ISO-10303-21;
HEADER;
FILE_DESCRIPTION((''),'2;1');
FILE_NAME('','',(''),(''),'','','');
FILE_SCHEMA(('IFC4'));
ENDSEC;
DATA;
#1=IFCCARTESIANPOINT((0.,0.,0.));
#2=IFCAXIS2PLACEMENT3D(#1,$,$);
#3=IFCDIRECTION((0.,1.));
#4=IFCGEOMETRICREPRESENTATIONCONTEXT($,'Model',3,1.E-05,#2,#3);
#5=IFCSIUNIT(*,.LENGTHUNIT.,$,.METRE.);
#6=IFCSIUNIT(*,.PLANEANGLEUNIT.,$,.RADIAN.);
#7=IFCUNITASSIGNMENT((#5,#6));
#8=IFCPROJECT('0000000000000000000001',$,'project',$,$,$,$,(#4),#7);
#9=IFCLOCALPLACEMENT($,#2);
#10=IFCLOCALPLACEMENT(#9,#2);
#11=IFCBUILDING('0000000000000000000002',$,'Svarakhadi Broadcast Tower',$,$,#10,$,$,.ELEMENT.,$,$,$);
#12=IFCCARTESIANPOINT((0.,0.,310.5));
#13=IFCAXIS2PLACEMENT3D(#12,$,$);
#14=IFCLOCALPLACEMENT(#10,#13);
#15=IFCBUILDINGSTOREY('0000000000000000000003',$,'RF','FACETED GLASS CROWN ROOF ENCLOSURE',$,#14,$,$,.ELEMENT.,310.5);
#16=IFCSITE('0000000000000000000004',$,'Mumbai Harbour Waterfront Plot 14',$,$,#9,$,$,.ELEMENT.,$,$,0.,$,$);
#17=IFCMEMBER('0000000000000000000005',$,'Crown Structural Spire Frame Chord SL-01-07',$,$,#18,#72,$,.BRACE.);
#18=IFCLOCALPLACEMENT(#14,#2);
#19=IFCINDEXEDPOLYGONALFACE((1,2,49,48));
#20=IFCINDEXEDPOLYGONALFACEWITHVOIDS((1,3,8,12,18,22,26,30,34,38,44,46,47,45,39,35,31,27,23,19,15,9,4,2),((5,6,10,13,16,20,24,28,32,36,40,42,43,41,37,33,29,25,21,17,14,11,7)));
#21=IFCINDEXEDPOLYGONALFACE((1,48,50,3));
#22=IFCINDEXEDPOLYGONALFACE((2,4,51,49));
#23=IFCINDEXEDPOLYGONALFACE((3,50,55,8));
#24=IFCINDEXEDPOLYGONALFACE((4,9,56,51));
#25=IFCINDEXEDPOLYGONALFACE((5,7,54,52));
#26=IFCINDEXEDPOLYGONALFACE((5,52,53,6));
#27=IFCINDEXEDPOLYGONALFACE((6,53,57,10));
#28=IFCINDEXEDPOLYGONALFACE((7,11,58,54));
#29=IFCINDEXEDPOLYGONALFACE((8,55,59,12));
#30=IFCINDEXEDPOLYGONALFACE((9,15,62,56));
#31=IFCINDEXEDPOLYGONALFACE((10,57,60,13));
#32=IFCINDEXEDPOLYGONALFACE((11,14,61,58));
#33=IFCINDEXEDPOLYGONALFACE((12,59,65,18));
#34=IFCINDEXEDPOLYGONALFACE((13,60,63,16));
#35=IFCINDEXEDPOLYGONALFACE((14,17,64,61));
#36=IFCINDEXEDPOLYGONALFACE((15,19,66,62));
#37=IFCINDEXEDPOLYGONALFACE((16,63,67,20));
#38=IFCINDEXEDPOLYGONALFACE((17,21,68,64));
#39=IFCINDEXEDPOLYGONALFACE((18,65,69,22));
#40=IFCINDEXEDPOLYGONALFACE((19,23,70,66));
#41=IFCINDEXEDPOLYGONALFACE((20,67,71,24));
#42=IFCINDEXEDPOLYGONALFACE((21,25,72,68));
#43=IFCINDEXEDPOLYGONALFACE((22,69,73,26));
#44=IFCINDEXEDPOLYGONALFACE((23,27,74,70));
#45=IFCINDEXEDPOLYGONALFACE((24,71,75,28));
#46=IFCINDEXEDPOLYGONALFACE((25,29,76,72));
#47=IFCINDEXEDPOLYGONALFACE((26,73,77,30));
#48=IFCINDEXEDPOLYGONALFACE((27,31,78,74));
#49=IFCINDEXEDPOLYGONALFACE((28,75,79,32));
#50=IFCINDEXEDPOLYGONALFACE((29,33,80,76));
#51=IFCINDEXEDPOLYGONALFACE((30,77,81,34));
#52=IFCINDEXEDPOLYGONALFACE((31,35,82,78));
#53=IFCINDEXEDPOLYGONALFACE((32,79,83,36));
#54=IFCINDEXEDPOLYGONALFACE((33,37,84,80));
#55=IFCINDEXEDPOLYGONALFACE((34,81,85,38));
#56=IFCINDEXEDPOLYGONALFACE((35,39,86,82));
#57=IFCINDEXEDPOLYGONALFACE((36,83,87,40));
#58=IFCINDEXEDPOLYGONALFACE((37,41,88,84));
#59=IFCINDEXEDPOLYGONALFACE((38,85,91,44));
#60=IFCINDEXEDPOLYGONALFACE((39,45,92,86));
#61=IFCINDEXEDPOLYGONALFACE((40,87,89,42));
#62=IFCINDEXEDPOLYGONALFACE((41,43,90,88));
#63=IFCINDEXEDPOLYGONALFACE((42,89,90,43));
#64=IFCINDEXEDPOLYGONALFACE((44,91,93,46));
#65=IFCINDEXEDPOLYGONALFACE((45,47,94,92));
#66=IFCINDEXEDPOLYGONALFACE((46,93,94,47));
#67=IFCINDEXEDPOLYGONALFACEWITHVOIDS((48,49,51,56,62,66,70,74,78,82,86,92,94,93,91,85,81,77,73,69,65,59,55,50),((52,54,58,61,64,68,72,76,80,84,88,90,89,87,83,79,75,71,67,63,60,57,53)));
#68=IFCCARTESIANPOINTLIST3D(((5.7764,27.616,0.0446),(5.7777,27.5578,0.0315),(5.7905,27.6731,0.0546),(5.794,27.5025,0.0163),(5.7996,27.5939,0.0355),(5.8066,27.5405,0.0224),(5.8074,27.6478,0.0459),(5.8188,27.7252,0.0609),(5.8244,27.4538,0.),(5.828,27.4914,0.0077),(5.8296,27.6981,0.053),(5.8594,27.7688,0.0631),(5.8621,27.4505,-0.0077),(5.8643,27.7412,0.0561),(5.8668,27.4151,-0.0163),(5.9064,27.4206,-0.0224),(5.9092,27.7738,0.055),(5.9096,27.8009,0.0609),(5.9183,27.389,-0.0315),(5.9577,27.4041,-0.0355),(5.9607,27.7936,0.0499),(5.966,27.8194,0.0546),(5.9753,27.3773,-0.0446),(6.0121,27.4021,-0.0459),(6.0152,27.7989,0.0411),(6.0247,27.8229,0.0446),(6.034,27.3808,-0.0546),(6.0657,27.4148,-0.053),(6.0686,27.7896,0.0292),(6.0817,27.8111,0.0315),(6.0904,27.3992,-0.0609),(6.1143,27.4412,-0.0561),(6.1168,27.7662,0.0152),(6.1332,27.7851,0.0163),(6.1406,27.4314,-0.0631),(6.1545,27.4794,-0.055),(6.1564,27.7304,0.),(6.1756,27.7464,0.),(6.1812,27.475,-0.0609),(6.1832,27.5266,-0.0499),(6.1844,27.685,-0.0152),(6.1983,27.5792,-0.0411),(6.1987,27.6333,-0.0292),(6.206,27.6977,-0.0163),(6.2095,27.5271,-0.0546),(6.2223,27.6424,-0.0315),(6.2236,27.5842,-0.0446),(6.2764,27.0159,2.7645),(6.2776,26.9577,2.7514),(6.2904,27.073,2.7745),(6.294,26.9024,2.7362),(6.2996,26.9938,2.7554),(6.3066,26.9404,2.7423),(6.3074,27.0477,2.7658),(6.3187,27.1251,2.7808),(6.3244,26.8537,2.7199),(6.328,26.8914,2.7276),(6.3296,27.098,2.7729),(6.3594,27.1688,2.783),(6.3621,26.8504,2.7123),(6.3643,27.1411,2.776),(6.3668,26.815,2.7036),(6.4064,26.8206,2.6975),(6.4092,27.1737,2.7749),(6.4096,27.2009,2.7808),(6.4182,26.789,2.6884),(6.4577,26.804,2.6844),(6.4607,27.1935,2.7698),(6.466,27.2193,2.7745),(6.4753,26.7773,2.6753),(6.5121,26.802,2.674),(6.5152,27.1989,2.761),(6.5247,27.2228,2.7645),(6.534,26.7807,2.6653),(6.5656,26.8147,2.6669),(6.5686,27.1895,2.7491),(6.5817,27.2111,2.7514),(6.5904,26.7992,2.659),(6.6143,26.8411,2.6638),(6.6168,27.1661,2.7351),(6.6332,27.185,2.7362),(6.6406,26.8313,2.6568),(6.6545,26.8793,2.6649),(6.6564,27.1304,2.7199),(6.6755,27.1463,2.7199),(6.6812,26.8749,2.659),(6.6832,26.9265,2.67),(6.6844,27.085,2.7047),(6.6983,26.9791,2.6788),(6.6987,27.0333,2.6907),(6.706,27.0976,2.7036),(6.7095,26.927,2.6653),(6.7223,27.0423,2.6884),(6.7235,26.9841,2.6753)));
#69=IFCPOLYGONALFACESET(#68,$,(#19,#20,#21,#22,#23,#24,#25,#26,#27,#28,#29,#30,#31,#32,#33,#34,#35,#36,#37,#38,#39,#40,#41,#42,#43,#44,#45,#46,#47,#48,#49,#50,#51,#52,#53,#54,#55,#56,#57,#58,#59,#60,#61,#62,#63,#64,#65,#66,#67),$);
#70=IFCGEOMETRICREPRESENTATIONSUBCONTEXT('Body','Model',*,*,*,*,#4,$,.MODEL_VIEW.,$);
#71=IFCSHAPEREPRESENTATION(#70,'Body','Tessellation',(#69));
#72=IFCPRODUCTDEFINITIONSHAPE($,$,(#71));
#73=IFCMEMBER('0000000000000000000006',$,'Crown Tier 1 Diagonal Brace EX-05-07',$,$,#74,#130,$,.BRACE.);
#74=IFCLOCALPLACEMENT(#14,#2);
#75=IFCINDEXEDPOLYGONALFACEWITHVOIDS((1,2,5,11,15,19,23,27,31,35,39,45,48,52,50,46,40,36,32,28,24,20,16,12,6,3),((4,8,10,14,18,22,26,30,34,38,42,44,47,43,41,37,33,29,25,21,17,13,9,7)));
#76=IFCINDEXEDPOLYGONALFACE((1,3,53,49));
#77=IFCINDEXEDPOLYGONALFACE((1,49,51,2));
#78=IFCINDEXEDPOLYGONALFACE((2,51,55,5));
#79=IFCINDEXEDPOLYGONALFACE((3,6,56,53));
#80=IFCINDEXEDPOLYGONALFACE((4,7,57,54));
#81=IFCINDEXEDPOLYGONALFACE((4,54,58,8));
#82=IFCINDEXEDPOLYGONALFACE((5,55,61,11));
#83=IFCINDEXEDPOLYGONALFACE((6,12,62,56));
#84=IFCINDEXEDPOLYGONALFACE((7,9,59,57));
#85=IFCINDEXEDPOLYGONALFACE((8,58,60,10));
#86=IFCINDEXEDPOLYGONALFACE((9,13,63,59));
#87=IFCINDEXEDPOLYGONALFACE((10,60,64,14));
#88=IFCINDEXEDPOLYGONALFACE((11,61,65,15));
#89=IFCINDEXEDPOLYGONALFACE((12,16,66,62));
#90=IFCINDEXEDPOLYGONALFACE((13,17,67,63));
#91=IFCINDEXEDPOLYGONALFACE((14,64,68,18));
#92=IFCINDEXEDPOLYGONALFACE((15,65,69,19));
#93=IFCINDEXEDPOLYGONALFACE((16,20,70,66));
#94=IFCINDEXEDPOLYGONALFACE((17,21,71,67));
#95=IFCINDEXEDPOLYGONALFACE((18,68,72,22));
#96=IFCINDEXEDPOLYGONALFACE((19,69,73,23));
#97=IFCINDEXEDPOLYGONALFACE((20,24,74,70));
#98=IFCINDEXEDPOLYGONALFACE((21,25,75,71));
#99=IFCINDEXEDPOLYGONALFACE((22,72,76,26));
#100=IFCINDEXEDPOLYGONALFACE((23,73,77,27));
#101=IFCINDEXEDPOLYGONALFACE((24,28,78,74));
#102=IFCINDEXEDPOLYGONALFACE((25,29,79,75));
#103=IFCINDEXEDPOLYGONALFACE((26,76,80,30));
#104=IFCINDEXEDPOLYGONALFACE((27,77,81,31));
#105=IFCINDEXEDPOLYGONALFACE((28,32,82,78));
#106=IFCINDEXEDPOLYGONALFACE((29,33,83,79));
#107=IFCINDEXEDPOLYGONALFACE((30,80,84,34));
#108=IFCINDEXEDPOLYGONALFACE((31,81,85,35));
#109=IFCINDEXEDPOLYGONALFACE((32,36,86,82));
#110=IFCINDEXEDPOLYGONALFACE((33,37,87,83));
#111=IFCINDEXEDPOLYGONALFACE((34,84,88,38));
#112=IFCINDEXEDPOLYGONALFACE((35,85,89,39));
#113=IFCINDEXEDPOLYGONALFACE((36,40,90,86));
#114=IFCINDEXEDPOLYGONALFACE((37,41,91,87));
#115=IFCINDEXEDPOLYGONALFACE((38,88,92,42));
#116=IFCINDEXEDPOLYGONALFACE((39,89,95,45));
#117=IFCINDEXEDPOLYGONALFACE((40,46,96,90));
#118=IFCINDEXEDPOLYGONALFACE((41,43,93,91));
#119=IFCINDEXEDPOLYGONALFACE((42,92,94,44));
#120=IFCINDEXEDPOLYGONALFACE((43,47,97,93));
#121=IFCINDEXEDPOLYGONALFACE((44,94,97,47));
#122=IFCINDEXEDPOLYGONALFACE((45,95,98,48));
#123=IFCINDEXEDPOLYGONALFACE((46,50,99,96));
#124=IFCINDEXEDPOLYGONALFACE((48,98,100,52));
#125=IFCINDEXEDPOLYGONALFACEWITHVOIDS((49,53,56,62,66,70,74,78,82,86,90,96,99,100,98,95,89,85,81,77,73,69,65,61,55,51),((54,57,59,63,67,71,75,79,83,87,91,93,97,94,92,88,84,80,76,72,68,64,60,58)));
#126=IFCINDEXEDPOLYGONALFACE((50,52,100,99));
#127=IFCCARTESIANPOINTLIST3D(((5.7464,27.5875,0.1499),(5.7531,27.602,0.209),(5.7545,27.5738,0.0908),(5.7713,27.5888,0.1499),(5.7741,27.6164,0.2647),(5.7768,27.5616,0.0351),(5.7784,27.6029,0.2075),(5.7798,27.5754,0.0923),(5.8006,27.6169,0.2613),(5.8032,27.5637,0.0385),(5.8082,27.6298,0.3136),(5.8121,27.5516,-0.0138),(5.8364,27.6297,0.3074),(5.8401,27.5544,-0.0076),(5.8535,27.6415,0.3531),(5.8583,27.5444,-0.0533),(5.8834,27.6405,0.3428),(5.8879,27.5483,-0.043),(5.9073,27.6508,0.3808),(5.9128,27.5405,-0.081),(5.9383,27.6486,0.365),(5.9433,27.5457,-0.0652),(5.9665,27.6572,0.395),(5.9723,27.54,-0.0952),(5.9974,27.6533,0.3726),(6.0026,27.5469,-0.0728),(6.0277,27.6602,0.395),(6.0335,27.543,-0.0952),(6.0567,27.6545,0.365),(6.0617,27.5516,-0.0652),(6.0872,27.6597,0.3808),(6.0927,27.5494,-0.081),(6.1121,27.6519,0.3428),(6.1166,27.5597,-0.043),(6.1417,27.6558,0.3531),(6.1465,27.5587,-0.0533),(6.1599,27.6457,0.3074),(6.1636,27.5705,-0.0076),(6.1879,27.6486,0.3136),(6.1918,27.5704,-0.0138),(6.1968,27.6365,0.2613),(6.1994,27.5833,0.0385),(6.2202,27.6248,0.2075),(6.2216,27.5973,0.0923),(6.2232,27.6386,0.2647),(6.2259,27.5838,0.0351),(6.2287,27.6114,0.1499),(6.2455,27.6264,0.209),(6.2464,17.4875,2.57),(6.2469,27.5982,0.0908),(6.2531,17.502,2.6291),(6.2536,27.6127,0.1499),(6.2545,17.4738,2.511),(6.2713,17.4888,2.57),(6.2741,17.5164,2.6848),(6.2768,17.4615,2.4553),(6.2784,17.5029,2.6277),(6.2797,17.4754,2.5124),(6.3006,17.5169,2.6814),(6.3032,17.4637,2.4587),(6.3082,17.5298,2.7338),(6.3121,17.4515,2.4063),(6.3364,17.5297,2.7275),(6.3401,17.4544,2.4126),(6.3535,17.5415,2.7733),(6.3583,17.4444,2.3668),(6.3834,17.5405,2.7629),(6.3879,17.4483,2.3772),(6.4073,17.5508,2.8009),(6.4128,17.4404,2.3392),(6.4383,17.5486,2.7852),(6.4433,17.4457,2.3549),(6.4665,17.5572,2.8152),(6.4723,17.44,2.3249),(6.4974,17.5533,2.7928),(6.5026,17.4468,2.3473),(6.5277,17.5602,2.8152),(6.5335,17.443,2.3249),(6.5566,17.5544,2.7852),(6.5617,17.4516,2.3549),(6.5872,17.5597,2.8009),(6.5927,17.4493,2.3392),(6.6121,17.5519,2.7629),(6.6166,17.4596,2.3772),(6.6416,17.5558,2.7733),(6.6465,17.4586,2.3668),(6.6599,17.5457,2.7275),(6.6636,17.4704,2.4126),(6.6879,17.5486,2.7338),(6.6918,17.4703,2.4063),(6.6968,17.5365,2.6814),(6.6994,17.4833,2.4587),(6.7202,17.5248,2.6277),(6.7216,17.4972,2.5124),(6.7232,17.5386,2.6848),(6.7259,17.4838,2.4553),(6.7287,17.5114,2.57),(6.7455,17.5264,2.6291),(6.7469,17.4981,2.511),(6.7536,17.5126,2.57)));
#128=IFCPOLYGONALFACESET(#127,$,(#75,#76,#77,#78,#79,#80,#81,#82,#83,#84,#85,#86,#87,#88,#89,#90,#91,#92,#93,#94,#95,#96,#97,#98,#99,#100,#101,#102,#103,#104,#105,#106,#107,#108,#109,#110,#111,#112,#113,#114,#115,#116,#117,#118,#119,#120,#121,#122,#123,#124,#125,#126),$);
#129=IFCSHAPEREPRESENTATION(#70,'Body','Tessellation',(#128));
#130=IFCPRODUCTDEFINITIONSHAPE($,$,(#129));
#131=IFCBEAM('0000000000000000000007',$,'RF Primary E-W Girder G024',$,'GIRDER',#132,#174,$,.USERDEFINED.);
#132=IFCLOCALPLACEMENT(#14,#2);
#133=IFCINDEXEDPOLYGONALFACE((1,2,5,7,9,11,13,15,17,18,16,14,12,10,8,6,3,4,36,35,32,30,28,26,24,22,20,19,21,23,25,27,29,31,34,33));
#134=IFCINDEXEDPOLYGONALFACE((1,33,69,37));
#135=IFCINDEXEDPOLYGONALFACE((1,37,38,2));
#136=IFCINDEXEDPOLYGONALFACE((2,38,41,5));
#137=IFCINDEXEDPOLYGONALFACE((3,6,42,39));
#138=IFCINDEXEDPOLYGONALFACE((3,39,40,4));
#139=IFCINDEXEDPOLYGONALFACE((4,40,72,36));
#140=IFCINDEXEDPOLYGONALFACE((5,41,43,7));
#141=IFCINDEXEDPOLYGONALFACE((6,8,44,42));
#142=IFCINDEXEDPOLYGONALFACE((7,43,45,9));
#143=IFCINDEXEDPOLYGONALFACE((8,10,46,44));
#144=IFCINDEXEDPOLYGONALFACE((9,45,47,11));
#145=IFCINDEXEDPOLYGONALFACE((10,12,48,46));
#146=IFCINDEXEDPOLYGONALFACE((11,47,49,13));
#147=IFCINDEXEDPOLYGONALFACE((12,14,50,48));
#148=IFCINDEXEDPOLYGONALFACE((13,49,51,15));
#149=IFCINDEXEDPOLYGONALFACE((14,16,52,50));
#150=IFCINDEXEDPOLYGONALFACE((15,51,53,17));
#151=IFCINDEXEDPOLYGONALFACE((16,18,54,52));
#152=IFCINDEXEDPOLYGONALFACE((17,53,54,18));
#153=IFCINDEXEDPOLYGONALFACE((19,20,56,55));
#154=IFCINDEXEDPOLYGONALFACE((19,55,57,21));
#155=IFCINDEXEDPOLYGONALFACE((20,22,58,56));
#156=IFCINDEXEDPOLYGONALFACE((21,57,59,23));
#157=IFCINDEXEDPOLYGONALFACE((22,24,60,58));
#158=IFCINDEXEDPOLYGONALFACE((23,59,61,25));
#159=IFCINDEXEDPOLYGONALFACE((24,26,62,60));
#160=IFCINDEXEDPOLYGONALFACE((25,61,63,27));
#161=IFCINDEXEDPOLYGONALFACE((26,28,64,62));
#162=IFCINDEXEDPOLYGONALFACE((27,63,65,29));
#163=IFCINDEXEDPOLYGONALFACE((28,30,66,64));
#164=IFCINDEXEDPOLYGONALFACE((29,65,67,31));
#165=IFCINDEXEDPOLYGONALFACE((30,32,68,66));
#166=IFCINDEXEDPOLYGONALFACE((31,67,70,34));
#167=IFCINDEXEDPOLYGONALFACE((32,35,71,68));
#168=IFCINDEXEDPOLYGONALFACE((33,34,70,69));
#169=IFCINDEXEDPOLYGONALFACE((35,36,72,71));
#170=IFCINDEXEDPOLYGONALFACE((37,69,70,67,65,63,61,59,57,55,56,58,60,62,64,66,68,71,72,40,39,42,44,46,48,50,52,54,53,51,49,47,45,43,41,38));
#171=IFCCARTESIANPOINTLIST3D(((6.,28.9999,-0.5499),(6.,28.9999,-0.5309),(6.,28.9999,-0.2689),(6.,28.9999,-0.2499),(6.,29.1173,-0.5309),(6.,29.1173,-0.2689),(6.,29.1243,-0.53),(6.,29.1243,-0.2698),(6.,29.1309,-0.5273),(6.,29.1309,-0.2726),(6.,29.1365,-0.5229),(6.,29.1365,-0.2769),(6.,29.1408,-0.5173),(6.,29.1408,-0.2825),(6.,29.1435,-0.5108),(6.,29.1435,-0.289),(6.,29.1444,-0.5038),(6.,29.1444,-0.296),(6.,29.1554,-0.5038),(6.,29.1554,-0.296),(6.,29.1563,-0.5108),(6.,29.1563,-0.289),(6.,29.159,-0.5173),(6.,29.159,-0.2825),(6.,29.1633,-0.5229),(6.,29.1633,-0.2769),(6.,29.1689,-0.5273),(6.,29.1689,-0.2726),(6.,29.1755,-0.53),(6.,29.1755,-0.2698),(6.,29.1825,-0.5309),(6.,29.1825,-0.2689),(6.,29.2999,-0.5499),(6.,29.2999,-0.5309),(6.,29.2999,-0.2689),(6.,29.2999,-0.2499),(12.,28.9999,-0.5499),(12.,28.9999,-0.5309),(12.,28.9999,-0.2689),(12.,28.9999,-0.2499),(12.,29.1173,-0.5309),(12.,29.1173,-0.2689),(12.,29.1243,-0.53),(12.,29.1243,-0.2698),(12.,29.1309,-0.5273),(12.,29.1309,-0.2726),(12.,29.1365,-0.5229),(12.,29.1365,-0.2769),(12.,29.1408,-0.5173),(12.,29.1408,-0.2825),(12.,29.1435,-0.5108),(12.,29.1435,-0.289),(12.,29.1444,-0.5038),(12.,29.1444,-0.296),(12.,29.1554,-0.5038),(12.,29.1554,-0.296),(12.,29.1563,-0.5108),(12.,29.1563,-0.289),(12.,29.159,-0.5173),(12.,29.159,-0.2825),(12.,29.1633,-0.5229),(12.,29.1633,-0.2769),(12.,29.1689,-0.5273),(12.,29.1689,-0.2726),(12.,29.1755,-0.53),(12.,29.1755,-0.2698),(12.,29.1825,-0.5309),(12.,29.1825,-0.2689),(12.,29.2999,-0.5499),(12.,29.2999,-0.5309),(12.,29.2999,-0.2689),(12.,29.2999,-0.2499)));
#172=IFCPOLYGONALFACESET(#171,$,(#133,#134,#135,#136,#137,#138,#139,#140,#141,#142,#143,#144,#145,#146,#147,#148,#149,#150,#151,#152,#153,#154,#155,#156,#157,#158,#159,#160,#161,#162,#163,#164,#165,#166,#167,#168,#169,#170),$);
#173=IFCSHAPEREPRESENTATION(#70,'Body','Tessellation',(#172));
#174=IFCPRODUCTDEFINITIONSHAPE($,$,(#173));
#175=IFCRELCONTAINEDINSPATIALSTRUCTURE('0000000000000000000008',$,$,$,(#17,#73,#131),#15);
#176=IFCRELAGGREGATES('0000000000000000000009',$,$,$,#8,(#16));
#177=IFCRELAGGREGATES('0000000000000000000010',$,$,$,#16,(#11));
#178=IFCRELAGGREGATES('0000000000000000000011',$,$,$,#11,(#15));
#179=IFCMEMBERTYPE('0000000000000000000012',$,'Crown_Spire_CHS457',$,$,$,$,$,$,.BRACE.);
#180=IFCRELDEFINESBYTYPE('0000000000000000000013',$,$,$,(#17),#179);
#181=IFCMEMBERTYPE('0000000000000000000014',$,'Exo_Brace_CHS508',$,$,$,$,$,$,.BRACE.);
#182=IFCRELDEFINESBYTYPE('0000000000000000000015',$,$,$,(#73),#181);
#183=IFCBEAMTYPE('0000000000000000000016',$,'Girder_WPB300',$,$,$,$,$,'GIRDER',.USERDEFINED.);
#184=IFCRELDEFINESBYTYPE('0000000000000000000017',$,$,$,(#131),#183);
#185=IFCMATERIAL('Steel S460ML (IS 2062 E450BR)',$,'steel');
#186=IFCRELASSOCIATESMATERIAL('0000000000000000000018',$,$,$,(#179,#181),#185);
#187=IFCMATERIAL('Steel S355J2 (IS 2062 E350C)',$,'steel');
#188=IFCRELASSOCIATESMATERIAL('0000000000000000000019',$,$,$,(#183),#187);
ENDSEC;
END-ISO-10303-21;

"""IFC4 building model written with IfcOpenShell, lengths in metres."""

from ifc_helpers import new_model, si_unit, direction, frame, origin, origin_2d, place, context, subcontext, project, spatial, hollow_circle, i_section, extrude, material, material_profile, profile_set, type_object, element, save


model = new_model("IFC4")

# Units and contexts
model_context = context("Model", 3, precision=1e-05, world=origin(), true_north=direction((0.0, 1.0)))
body_context = subcontext(model_context, "Body", "Model", "MODEL_VIEW")
ifc_project = project(units=[si_unit("LENGTHUNIT", "METRE"), si_unit("PLANEANGLEUNIT", "RADIAN")], contexts=[model_context])

# Site, building, storey
site_placement = place(None, origin())
site = spatial("IfcSite", under=ifc_project, at=site_placement, Name="Mumbai Harbour Waterfront Plot 14", CompositionType="ELEMENT", RefElevation=0.0)
building_placement = place(site_placement, origin())
building = spatial("IfcBuilding", under=site, at=building_placement, Name="Svarakhadi Broadcast Tower", CompositionType="ELEMENT")
storey_placement = place(building_placement, frame((0.0, 0.0, 310.5)))
storey = spatial("IfcBuildingStorey", under=building, at=storey_placement, Name="RF", Description="FACETED GLASS CROWN ROOF ENCLOSURE", CompositionType="ELEMENT", Elevation=310.5)

# Shared definitions
ifc_material_1 = material(Name="Steel S460ML (IS 2062 E450BR)", Category="steel")

# Members
ifc_material_profile_1 = material_profile(ifc_material_1, hollow_circle(Radius=0.2285, WallThickness=0.0249, at=origin_2d()), Name="CHS 457x25")
ifc_profile_set_1 = profile_set([ifc_material_profile_1], Name="Steel S460ML (IS 2062 E450BR)")
member_type_1 = type_object("IfcMemberType", Name="Crown_Spire_CHS457", PredefinedType="BRACE", material=ifc_profile_set_1)
member_1_placement = place(storey_placement, frame((6.0, 27.6001, 0.0), z_axis=(0.176684, -0.212056, 0.961153), x_axis=(0.768273, 0.640123, 0.0)))
element("IfcMember", 1, at=member_1_placement, inside=storey, type_object=member_type_1, Name="Crown Structural Spire Frame Chord SL-01-07", PredefinedType="BRACE", context=body_context, shape_type="SweptSolid", body=[
    extrude(hollow_circle(Radius=0.2285, WallThickness=0.0249, at=origin_2d()), origin(), (0.0, 0.0, 1.0), 2.8298),
])
ifc_material_profile_2 = material_profile(ifc_material_1, hollow_circle(Radius=0.2539, WallThickness=0.0249, at=origin_2d()), Name="CHS 508x25")
ifc_profile_set_2 = profile_set([ifc_material_profile_2], Name="Steel S460ML (IS 2062 E450BR)")
member_type_2 = type_object("IfcMemberType", Name="Exo_Brace_CHS508", PredefinedType="BRACE", material=ifc_profile_set_2)
member_2_placement = place(storey_placement, frame((6.0, 27.6001, 0.1499), z_axis=(0.048086, -0.971347, 0.232752), x_axis=(0.998777, 0.049444, 0.0)))
element("IfcMember", 2, at=member_2_placement, inside=storey, type_object=member_type_2, Name="Crown Tier 1 Diagonal Brace EX-05-07", PredefinedType="BRACE", context=body_context, shape_type="SweptSolid", body=[
    extrude(hollow_circle(Radius=0.2539, WallThickness=0.0249, at=origin_2d()), origin(), (0.0, 0.0, 1.0), 10.3979),
])

# Beam
ifc_material_2 = material(Name="Steel S355J2 (IS 2062 E350C)", Category="steel")
ifc_material_profile_3 = material_profile(ifc_material_2, i_section(OverallWidth=0.3, OverallDepth=0.3, WebThickness=0.011, FlangeThickness=0.019, FilletRadius=0.0271, at=origin_2d()), Name="WPB 300x300x117")
ifc_profile_set_3 = profile_set([ifc_material_profile_3], Name="Steel S355J2 (IS 2062 E350C)")
beam_type_1 = type_object("IfcBeamType", Name="Girder_WPB300", ElementType="GIRDER", PredefinedType="USERDEFINED", material=ifc_profile_set_3)
beam_1_placement = place(storey_placement, frame((6.0, 29.1499, -0.3999), z_axis=(1.0, 0.0, 0.0), x_axis=(0.0, 1.0, 0.0)))
element("IfcBeam", 3, at=beam_1_placement, inside=storey, type_object=beam_type_1, Name="RF Primary E-W Girder G024", ObjectType="GIRDER", PredefinedType="USERDEFINED", context=body_context, shape_type="SweptSolid", body=[
    extrude(i_section(OverallWidth=0.3, OverallDepth=0.3, WebThickness=0.011, FlangeThickness=0.019, FilletRadius=0.0271, at=origin_2d()), origin(), (0.0, 0.0, 1.0), 6.0),
])

save(model, "model.ifc")
